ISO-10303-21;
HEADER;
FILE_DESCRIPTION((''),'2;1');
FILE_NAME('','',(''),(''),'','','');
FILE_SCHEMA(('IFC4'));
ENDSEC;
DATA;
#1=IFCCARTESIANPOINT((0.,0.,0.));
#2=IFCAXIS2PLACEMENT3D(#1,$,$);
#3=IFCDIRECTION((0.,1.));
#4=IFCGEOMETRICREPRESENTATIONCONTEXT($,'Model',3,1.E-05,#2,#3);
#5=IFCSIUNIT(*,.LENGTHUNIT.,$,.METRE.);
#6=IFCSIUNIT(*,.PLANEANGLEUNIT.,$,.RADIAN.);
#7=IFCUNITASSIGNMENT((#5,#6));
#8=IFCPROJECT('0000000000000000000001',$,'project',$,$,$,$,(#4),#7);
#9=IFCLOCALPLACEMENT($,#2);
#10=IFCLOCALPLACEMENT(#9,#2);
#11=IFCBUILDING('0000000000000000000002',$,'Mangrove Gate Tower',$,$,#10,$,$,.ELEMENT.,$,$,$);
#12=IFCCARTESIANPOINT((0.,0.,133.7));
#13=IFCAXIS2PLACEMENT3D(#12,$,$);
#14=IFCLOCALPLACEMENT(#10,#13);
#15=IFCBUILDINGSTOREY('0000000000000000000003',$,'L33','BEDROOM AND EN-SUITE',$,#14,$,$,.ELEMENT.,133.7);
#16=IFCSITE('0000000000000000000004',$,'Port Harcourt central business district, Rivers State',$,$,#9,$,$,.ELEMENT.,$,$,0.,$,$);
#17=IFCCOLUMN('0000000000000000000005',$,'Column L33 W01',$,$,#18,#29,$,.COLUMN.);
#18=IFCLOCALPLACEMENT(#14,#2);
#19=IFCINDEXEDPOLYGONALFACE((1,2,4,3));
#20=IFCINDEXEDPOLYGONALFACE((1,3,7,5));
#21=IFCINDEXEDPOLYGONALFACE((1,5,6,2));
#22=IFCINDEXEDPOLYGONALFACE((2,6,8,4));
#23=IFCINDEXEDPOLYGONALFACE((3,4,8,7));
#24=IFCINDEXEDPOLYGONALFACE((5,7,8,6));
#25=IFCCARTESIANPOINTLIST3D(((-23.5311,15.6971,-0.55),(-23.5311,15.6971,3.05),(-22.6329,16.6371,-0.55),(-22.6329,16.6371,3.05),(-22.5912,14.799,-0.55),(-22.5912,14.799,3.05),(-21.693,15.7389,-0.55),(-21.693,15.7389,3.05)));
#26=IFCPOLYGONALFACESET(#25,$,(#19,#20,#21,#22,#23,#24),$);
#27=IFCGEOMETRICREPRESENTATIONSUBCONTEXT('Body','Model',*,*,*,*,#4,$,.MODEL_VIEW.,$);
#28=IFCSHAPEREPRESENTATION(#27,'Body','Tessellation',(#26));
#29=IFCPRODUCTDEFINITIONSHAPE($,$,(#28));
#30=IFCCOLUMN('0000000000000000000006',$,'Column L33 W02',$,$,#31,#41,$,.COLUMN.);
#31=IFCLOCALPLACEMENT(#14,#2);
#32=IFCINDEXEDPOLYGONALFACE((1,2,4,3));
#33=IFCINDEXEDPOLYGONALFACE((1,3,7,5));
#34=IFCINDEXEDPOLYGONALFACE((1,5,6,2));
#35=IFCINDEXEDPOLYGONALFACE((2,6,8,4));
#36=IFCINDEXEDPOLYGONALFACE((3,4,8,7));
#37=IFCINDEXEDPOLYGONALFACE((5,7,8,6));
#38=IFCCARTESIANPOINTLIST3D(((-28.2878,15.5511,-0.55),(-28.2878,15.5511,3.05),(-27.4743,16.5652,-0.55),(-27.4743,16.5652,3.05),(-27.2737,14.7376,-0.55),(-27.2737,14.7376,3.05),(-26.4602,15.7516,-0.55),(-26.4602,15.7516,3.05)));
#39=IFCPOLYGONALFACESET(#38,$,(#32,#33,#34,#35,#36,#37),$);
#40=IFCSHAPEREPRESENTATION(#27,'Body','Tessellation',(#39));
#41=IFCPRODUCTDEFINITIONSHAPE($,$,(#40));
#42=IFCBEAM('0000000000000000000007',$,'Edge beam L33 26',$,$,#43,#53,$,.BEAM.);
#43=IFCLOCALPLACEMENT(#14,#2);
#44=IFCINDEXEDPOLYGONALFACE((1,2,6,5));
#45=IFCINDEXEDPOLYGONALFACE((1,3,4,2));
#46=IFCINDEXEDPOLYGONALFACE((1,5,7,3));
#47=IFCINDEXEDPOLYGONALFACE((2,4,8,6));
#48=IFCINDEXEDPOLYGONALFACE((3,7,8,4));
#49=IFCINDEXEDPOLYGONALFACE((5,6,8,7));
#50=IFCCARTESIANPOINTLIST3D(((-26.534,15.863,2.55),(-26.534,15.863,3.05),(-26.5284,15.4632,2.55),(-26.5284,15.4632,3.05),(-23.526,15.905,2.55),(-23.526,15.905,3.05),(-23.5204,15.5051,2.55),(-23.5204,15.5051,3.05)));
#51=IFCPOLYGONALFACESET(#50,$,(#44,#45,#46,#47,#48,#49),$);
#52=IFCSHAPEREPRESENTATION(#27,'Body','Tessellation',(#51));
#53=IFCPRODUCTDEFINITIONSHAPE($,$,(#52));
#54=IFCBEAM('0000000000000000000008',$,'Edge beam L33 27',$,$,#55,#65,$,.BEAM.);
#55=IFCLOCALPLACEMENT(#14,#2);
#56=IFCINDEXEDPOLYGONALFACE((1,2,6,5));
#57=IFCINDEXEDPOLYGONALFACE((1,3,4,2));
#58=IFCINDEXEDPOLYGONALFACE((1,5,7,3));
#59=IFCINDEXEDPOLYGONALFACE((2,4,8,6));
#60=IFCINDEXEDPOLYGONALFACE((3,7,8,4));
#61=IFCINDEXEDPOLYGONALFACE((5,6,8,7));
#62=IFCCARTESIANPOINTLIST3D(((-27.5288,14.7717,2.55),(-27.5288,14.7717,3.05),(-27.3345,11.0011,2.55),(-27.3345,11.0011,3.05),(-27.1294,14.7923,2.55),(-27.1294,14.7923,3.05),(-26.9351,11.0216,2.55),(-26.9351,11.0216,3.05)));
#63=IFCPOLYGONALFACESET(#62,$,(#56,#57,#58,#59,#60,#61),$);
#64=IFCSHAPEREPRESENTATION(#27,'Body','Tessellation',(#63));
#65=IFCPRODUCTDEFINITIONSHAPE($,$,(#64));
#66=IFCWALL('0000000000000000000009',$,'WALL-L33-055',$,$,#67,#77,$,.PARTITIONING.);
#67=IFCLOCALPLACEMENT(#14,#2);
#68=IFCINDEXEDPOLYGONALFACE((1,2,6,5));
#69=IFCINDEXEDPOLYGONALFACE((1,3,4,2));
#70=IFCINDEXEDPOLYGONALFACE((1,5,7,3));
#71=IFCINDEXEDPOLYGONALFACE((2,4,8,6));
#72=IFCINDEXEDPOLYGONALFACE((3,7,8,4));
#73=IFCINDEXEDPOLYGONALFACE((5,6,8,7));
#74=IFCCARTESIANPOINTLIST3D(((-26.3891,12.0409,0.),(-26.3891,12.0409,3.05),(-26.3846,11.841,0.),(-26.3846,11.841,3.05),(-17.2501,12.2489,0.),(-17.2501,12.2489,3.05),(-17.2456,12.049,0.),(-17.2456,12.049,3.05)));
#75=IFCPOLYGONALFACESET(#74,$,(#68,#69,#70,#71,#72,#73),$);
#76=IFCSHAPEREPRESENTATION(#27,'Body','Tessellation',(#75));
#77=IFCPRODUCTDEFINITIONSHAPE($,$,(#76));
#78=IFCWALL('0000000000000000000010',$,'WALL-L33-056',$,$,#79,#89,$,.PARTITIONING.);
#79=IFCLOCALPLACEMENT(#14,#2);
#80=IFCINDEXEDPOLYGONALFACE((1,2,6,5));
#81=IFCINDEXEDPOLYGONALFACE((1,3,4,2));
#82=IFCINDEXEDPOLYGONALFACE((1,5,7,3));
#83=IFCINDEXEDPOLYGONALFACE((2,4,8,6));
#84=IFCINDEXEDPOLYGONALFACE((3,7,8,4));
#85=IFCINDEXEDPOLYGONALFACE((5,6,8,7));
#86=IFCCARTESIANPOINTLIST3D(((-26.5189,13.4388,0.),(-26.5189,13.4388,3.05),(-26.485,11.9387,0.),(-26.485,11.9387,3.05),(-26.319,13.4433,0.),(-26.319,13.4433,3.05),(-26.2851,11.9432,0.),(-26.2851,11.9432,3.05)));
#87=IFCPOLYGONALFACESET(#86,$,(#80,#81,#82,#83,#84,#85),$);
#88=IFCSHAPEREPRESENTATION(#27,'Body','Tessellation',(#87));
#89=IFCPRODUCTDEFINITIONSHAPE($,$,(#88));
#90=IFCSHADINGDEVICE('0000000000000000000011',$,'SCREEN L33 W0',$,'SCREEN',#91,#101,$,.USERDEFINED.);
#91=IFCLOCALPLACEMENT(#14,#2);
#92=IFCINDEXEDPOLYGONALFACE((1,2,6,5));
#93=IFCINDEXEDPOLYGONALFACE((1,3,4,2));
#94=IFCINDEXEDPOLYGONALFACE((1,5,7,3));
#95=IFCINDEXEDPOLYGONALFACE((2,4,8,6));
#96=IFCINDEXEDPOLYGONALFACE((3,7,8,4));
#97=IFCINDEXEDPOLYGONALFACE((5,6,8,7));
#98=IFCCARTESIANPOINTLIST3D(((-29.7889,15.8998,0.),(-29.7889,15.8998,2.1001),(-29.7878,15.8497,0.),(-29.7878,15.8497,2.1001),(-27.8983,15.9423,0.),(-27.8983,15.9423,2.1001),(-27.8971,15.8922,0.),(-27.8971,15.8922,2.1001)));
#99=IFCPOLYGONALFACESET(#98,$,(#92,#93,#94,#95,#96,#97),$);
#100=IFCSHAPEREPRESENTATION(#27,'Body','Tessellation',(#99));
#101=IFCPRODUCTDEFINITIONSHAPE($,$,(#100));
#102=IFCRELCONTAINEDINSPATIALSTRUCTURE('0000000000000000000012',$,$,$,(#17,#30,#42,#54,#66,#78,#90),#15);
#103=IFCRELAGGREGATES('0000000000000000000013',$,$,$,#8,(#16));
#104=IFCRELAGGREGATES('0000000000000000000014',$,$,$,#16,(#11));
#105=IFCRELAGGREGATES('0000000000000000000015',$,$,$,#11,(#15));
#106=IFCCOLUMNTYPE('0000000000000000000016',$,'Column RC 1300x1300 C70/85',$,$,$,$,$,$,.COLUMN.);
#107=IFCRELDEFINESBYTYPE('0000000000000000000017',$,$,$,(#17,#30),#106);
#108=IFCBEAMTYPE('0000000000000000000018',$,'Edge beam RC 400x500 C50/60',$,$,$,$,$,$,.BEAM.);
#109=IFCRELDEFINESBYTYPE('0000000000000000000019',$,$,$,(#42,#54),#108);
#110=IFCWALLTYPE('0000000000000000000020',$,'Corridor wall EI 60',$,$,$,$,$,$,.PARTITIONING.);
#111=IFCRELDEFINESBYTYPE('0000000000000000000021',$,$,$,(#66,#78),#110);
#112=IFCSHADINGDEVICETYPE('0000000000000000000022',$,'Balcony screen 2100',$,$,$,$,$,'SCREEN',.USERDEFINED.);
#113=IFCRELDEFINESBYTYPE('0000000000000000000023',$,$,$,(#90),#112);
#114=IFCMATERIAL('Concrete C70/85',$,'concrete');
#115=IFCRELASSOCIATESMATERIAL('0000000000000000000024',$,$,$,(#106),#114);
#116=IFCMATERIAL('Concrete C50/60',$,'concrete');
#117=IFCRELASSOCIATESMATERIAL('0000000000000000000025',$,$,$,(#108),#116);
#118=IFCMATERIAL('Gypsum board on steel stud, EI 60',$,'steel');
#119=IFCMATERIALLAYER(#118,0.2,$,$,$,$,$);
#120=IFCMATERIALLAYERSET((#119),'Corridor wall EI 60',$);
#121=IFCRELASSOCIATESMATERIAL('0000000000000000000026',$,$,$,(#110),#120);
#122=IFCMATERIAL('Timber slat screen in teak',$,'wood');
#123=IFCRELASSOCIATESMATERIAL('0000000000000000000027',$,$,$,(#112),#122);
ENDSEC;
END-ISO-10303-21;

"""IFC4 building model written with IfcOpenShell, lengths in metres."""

from ifc_helpers import new_model, si_unit, direction, frame, frame_2d, origin, origin_2d, place, context, subcontext, project, spatial, rectangle, extrude, material, layer, layer_set, material_profile, profile_set, type_object, element, save


model = new_model("IFC4")

# Units and contexts
model_context = context("Model", 3, precision=1e-05, world=origin(), true_north=direction((0.0, 1.0)))
body_context = subcontext(model_context, "Body", "Model", "MODEL_VIEW")
ifc_project = project(units=[si_unit("LENGTHUNIT", "METRE"), si_unit("PLANEANGLEUNIT", "RADIAN")], contexts=[model_context])

# Site, building, storey
site_placement = place(None, origin())
site = spatial("IfcSite", under=ifc_project, at=site_placement, Name="Port Harcourt central business district, Rivers State", CompositionType="ELEMENT", RefElevation=0.0)
building_placement = place(site_placement, origin())
building = spatial("IfcBuilding", under=site, at=building_placement, Name="Mangrove Gate Tower", CompositionType="ELEMENT")
storey_placement = place(building_placement, frame((0.0, 0.0, 133.7)))
storey = spatial("IfcBuildingStorey", under=building, at=storey_placement, Name="L33", Description="BEDROOM AND EN-SUITE", CompositionType="ELEMENT", Elevation=133.7)

# Columns
ifc_material_1 = material(Name="Concrete C70/85", Category="concrete")
ifc_material_profile_1 = material_profile(ifc_material_1, rectangle(XDim=1.3, YDim=1.3, at=origin_2d()))
ifc_profile_set_1 = profile_set([ifc_material_profile_1], Name="Concrete C70/85")
column_type = type_object("IfcColumnType", Name="Column RC 1300x1300 C70/85", PredefinedType="COLUMN", material=ifc_profile_set_1)
for number, where, z_axis, x_axis, name in (
    (1, (-22.6121, 15.718, -0.55), (0.0, 0.0, 1.0), (-0.690868, -0.722981, 0.0), "Column L33 W01"),
    (2, (-27.374, 15.6514, -0.55), (0.0, 0.0, 1.0), (-0.625757, -0.780018, 0.0), "Column L33 W02"),
):
    element("IfcColumn", number, at=place(storey_placement, frame(where, z_axis=z_axis, x_axis=x_axis)), inside=storey, type_object=column_type, Name=name, PredefinedType="COLUMN", context=body_context, shape_type="SweptSolid", body=[
        extrude(rectangle(XDim=1.3, YDim=1.3, at=origin_2d()), origin(), (0.0, 0.0, 1.0), 3.6001),
    ])

# Beams
ifc_material_2 = material(Name="Concrete C50/60", Category="concrete")
ifc_material_profile_2 = material_profile(ifc_material_2, rectangle(XDim=0.3999, YDim=0.5, at=origin_2d()))
ifc_profile_set_2 = profile_set([ifc_material_profile_2], Name="Concrete C50/60")
beam_type = type_object("IfcBeamType", Name="Edge beam RC 400x500 C50/60", PredefinedType="BEAM", material=ifc_profile_set_2)
beam_1_placement = place(storey_placement, frame((-23.5232, 15.7051, 2.8), z_axis=(-0.999903, -0.013959, 0.0), x_axis=(0.013959, -0.999903, 0.0)))
element("IfcBeam", 3, at=beam_1_placement, inside=storey, type_object=beam_type, Name="Edge beam L33 26", PredefinedType="BEAM", context=body_context, shape_type="SweptSolid", body=[
    extrude(rectangle(XDim=0.3999, YDim=0.5, at=origin_2d()), origin(), (0.0, 0.0, 1.0), 3.0083),
])
beam_2_placement = place(storey_placement, frame((-27.3291, 14.782, 2.8), z_axis=(0.051469, -0.998675, 0.0), x_axis=(0.998675, 0.051469, 0.0)))
element("IfcBeam", 4, at=beam_2_placement, inside=storey, type_object=beam_type, Name="Edge beam L33 27", PredefinedType="BEAM", context=body_context, shape_type="SweptSolid", body=[
    extrude(rectangle(XDim=0.3999, YDim=0.5, at=origin_2d()), origin(), (0.0, 0.0, 1.0), 3.7756),
])

# Walls
ifc_material_3 = material(Name="Gypsum board on steel stud, EI 60", Category="steel")
ifc_layer = layer(ifc_material_3, 0.2)
ifc_layer_set = layer_set([ifc_layer], Name="Corridor wall EI 60")
wall_type = type_object("IfcWallType", Name="Corridor wall EI 60", PredefinedType="PARTITIONING", material=ifc_layer_set)
wall_1_placement = place(storey_placement, frame((-26.387, 11.9409, 0.0), z_axis=(0.0, 0.0, 1.0), x_axis=(0.999741, 0.022755, 0.0)))
element("IfcWall", 5, at=wall_1_placement, inside=storey, type_object=wall_type, Name="WALL-L33-055", PredefinedType="PARTITIONING", context=body_context, shape_type="SweptSolid", body=[
    extrude(rectangle(XDim=9.1414, YDim=0.2, at=frame_2d((4.5708, 0.0))), origin(), (0.0, 0.0, 1.0), 3.05),
])
wall_2_placement = place(storey_placement, frame((-26.385, 11.9409, 0.0), z_axis=(0.0, 0.0, 1.0), x_axis=(-0.022618, 0.999744, 0.0)))
element("IfcWall", 6, at=wall_2_placement, inside=storey, type_object=wall_type, Name="WALL-L33-056", PredefinedType="PARTITIONING", context=body_context, shape_type="SweptSolid", body=[
    extrude(rectangle(XDim=1.5005, YDim=0.2, at=frame_2d((0.7502, 0.0))), origin(), (0.0, 0.0, 1.0), 3.05),
])

# Shading device
ifc_material_4 = material(Name="Timber slat screen in teak", Category="wood")
shading_device_type = type_object("IfcShadingDeviceType", Name="Balcony screen 2100", ElementType="SCREEN", PredefinedType="USERDEFINED", material=ifc_material_4)
shading_device_placement = place(storey_placement, frame((-28.843, 15.896, 0.0), z_axis=(0.0, 0.0, 1.0), x_axis=(-0.999747, -0.022478, 0.0)))
element("IfcShadingDevice", 7, at=shading_device_placement, inside=storey, type_object=shading_device_type, Name="SCREEN L33 W0", ObjectType="SCREEN", PredefinedType="USERDEFINED", context=body_context, shape_type="SweptSolid", body=[
    extrude(rectangle(XDim=1.8911, YDim=0.05, at=origin_2d()), origin(), (0.0, 0.0, 1.0), 2.1001),
])

save(model, "model.ifc")
